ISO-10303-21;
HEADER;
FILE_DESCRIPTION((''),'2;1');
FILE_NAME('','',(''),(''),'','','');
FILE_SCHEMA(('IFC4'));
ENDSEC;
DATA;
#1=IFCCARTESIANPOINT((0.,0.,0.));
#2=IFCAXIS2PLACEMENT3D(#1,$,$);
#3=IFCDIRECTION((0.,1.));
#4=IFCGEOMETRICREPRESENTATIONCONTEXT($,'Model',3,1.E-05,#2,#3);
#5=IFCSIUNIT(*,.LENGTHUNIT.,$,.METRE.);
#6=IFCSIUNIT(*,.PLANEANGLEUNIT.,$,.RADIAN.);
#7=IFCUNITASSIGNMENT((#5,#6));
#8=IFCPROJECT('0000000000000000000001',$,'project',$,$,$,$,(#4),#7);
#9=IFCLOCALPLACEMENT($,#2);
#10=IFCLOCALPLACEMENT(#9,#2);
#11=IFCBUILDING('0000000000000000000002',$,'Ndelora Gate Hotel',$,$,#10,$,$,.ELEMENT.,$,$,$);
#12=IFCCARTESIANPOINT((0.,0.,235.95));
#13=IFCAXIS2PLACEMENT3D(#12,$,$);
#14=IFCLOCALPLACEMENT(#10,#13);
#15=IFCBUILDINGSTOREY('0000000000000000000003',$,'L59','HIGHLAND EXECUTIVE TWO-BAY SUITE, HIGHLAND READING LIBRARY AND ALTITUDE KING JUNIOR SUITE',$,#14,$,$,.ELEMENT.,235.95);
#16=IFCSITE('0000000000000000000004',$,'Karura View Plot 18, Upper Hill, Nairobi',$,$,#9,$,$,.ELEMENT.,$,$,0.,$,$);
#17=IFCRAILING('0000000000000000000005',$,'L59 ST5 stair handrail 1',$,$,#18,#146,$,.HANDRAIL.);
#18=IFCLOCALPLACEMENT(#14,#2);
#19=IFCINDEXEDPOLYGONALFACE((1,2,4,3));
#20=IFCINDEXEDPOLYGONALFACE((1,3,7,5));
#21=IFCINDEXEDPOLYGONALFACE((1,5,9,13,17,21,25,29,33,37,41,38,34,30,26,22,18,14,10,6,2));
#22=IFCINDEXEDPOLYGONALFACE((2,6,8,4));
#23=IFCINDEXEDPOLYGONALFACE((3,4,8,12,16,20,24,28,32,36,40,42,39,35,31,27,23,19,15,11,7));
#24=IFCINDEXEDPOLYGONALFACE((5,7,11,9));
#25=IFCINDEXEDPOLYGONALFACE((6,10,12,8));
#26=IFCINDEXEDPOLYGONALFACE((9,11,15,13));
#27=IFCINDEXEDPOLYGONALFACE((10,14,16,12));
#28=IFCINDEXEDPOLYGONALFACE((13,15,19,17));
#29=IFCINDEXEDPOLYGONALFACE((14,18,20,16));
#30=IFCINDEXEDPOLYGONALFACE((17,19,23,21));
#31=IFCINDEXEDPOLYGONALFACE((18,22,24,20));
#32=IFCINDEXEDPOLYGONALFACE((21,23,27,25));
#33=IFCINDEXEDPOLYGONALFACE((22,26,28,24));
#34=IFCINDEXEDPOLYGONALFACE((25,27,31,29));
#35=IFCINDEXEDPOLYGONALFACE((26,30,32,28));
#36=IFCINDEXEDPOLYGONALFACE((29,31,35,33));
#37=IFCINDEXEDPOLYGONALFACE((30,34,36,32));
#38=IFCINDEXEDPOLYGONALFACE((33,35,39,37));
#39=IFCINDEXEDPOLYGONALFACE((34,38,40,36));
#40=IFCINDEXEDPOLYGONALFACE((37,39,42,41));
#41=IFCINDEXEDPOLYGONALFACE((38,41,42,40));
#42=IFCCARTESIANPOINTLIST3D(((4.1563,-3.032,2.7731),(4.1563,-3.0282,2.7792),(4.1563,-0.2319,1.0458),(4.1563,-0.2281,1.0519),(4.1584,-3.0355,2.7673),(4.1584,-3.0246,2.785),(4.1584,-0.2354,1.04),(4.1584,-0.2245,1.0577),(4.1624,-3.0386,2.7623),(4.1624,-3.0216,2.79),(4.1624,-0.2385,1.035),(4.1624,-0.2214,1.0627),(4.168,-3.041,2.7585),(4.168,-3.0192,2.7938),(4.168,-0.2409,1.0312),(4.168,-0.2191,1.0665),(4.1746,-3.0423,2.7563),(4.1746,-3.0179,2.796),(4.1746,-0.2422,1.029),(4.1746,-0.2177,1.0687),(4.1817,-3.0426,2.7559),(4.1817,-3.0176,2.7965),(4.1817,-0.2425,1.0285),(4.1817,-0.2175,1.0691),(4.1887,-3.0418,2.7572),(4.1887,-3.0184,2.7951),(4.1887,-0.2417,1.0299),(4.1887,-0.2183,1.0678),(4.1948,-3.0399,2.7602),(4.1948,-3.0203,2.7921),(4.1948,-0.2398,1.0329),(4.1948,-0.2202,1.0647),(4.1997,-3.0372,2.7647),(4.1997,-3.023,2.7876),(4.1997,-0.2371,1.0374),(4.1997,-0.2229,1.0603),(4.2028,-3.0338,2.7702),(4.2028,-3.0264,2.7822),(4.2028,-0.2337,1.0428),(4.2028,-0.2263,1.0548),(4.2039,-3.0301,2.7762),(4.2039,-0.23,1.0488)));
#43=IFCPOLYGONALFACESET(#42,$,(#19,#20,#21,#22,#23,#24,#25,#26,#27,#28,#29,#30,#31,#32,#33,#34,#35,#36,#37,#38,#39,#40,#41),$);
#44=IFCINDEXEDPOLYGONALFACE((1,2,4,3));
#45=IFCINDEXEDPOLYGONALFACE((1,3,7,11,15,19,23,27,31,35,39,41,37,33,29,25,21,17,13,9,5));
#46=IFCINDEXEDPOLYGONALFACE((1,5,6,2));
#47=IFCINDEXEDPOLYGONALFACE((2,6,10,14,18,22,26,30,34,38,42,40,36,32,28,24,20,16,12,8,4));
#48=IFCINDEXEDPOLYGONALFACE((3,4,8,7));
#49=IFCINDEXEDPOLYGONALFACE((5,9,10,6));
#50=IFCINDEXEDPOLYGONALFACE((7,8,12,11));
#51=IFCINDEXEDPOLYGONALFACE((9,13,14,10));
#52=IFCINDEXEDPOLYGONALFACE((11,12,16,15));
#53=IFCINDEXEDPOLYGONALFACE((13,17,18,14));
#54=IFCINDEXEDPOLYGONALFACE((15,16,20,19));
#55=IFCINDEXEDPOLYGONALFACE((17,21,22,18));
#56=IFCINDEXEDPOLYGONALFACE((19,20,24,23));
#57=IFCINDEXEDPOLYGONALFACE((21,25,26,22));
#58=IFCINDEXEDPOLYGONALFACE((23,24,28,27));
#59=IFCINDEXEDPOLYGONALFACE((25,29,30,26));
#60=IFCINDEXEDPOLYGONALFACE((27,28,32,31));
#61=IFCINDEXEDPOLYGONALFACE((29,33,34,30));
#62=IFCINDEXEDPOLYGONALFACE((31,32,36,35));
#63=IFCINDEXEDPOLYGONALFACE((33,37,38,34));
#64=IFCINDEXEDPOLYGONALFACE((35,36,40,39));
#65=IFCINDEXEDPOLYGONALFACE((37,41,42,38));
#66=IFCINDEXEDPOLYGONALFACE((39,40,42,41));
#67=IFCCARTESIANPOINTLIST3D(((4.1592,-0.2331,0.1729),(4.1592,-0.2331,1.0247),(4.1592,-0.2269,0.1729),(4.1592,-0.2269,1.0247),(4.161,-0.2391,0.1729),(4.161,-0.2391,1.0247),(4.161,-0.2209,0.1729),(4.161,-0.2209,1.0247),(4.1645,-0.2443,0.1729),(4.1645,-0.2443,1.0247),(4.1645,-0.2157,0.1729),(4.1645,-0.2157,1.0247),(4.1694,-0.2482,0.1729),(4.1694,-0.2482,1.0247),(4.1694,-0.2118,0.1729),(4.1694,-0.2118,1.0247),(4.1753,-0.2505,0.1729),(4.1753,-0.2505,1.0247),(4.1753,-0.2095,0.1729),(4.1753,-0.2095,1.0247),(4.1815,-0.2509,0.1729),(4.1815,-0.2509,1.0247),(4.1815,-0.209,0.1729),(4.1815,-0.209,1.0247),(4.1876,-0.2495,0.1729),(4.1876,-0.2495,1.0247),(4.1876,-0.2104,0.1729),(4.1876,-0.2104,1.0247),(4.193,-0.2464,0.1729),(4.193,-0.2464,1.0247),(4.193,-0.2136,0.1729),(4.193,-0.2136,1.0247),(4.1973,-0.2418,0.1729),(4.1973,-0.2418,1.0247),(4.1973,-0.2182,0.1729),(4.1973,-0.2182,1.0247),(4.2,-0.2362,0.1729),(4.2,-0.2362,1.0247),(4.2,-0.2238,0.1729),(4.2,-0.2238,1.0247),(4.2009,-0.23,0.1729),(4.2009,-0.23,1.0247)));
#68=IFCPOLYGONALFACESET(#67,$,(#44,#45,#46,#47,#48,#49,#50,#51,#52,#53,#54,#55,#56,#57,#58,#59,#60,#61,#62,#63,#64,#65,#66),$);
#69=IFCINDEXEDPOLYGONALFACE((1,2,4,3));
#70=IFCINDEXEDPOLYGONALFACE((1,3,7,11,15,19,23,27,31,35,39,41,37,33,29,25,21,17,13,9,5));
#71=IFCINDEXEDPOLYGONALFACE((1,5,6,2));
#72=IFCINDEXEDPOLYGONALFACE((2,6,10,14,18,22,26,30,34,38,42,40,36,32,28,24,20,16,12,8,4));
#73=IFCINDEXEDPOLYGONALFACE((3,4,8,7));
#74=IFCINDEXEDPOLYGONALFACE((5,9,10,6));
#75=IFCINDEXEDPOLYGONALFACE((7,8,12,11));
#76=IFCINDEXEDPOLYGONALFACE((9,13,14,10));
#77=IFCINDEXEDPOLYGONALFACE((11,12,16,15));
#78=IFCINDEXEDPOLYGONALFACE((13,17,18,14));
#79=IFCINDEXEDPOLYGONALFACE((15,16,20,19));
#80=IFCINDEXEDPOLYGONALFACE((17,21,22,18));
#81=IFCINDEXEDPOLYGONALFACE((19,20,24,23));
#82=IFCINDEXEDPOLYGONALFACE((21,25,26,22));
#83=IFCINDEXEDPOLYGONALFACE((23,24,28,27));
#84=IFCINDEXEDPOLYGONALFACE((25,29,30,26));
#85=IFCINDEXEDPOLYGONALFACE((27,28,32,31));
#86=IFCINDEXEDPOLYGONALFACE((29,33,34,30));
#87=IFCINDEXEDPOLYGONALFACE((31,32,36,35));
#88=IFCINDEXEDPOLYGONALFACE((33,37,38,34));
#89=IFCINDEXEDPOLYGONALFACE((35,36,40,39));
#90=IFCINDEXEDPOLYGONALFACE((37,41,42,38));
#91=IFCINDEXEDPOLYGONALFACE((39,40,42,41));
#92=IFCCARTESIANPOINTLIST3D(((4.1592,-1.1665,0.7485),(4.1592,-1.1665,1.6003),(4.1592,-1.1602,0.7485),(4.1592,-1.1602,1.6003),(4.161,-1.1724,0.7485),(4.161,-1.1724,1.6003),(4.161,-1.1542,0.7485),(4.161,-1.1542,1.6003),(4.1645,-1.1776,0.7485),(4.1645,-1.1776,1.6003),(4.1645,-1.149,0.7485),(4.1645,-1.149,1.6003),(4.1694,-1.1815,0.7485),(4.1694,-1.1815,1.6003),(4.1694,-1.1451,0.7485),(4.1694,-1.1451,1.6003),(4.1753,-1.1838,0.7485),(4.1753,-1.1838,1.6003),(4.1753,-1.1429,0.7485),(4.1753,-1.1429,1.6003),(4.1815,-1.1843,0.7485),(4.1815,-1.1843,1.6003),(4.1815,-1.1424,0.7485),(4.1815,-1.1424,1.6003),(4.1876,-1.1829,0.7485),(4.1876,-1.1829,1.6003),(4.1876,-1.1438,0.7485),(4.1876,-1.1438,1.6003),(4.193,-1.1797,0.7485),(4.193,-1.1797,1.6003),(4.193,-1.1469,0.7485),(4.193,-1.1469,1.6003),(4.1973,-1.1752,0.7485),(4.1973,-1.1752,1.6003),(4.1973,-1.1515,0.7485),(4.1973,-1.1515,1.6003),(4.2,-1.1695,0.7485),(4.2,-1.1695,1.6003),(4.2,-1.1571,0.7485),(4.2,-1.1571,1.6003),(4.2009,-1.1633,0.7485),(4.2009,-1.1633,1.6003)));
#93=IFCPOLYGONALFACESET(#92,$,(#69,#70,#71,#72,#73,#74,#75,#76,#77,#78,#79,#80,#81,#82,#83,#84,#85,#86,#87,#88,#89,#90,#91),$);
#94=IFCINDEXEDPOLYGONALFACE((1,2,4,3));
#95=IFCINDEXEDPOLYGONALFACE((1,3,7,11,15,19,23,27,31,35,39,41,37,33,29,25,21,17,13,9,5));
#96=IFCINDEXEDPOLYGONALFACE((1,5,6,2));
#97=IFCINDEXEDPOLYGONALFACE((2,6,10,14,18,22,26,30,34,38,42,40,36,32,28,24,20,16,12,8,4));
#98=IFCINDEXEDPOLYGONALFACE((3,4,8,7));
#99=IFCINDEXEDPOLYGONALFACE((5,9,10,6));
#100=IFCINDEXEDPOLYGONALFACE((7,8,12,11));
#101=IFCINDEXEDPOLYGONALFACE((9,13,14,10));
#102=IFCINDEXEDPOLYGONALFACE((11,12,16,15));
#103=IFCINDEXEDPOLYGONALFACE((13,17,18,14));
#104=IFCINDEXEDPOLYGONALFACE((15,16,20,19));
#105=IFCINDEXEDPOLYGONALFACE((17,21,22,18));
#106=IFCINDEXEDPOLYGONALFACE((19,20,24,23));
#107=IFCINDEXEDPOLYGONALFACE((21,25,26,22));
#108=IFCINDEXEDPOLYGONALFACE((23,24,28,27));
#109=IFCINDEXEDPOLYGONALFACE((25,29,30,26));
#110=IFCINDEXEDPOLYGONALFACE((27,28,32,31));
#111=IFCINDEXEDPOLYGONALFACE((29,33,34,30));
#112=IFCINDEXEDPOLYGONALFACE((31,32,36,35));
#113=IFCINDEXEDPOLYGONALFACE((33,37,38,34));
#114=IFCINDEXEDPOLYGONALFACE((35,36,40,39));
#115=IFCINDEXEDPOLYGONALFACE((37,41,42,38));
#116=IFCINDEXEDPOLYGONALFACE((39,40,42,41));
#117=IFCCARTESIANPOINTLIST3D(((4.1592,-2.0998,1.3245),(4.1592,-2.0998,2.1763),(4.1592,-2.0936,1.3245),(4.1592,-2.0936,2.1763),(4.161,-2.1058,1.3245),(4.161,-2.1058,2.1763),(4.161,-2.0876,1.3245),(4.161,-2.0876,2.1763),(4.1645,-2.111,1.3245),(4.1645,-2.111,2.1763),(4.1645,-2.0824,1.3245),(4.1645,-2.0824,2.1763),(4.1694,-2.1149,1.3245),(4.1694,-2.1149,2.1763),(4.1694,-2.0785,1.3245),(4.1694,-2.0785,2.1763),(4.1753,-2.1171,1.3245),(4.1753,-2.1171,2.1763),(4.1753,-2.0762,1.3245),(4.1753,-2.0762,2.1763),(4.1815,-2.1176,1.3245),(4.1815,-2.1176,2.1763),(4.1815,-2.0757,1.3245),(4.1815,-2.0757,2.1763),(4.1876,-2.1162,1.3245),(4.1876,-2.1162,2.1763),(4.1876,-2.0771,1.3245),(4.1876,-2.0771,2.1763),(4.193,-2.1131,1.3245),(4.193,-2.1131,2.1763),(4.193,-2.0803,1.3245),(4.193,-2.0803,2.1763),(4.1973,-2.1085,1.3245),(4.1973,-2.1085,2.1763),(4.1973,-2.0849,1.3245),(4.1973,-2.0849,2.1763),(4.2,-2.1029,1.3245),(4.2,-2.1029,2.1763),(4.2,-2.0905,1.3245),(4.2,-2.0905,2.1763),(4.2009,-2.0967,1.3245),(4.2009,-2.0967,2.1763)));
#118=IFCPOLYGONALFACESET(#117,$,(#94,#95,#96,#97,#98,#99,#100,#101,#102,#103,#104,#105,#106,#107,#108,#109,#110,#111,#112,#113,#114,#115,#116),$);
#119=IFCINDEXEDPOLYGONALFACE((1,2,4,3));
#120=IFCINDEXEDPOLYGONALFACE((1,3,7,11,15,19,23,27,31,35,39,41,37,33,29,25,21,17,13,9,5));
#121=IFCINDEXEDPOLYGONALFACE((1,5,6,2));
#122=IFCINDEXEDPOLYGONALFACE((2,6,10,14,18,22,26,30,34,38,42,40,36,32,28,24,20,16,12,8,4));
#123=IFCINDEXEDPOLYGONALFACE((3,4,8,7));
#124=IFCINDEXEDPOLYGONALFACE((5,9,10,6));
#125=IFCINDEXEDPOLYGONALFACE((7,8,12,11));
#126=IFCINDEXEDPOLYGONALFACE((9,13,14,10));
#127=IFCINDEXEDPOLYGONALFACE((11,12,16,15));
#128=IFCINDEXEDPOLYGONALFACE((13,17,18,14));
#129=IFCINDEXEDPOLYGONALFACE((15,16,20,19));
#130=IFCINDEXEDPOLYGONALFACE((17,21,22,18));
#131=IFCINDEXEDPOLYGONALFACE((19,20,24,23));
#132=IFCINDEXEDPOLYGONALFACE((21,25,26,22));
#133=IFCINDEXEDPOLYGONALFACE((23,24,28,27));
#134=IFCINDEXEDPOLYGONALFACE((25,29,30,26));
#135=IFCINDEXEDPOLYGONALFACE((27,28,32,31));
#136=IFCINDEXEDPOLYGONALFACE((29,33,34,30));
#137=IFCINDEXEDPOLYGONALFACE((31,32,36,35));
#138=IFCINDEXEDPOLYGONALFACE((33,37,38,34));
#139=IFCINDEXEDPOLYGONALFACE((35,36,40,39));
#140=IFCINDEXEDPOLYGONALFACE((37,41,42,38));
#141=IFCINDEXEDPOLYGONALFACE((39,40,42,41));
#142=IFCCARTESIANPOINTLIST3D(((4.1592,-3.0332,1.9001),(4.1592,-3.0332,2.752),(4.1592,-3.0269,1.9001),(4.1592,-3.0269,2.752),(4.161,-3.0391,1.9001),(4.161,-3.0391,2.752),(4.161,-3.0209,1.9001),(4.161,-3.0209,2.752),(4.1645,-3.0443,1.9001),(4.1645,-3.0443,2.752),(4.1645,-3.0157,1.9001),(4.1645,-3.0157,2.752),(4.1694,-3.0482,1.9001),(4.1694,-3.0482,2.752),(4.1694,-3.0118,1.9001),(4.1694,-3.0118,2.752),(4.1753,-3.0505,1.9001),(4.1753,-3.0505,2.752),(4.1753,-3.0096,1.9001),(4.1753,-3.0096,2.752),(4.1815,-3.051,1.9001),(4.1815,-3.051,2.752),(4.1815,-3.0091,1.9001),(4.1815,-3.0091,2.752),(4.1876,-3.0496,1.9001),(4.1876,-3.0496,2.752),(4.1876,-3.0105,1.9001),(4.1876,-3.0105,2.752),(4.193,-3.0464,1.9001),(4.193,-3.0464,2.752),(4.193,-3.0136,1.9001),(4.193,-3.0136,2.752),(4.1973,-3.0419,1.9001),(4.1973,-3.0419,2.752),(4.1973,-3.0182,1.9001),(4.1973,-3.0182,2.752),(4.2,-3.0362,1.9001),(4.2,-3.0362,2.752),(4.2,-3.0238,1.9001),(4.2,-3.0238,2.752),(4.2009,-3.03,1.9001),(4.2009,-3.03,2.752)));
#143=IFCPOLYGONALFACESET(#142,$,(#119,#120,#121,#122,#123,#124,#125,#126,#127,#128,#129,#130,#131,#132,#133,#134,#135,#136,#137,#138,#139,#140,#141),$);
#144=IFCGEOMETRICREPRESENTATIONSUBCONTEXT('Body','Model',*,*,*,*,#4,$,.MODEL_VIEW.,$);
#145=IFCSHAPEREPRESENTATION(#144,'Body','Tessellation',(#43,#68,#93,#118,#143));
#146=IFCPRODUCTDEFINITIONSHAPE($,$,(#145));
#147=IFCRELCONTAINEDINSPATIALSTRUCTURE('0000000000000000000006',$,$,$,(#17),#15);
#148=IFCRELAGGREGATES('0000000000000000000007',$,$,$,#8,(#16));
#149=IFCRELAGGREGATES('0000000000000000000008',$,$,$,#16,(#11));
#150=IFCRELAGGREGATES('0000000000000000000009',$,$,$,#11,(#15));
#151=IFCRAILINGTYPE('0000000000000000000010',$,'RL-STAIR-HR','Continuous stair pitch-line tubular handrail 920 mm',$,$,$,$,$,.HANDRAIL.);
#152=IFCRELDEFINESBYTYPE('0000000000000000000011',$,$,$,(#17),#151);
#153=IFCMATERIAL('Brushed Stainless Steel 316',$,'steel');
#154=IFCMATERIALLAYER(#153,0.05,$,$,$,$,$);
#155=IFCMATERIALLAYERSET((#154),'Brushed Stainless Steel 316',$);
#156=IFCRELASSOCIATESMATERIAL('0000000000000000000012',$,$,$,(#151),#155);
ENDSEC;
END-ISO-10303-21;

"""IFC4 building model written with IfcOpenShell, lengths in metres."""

from ifc_helpers import new_model, si_unit, direction, frame, origin, origin_2d, place, context, subcontext, project, spatial, circle, extrude, material, layer, layer_set, type_object, element, save


model = new_model("IFC4")

# Units and contexts
model_context = context("Model", 3, precision=1e-05, world=origin(), true_north=direction((0.0, 1.0)))
body_context = subcontext(model_context, "Body", "Model", "MODEL_VIEW")
ifc_project = project(units=[si_unit("LENGTHUNIT", "METRE"), si_unit("PLANEANGLEUNIT", "RADIAN")], contexts=[model_context])

# Site, building, storey
site_placement = place(None, origin())
site = spatial("IfcSite", under=ifc_project, at=site_placement, Name="Karura View Plot 18, Upper Hill, Nairobi", CompositionType="ELEMENT", RefElevation=0.0)
building_placement = place(site_placement, origin())
building = spatial("IfcBuilding", under=site, at=building_placement, Name="Ndelora Gate Hotel", CompositionType="ELEMENT")
storey_placement = place(building_placement, frame((0.0, 0.0, 235.95)))
storey = spatial("IfcBuildingStorey", under=building, at=storey_placement, Name="L59", Description="HIGHLAND EXECUTIVE TWO-BAY SUITE, HIGHLAND READING LIBRARY AND ALTITUDE KING JUNIOR SUITE", CompositionType="ELEMENT", Elevation=235.95)

# Railing
ifc_material_1 = material(Name="Brushed Stainless Steel 316", Category="steel")
ifc_layer_1 = layer(ifc_material_1, 0.05)
ifc_layer_set_1 = layer_set([ifc_layer_1], Name="Brushed Stainless Steel 316")
railing_type_1 = type_object("IfcRailingType", Name="RL-STAIR-HR", Description="Continuous stair pitch-line tubular handrail 920 mm", PredefinedType="HANDRAIL", material=ifc_layer_set_1)
railing_1_placement = place(storey_placement, frame((4.1799, -0.23, 0.1729)))
element("IfcRailing", 1, at=railing_1_placement, inside=storey, type_object=railing_type_1, Name="L59 ST5 stair handrail 1", PredefinedType="HANDRAIL", context=body_context, shape_type="SweptSolid", body=[
    extrude(circle(Radius=0.0239, at=origin_2d()), frame((0.0, 0.0, 0.876), z_axis=(0.0, -0.85109, 0.52502), x_axis=(1.0, 0.0, 0.0)), (0.0, 0.0, 1.0), 3.29),
    extrude(circle(Radius=0.021, at=origin_2d()), origin(), (0.0, 0.0, 1.0), 0.8518),
    extrude(circle(Radius=0.021, at=origin_2d()), frame((0.0, -0.9333, 0.5757)), (0.0, 0.0, 1.0), 0.8518),
    extrude(circle(Radius=0.021, at=origin_2d()), frame((0.0, -1.8667, 1.1516)), (0.0, 0.0, 1.0), 0.8518),
    extrude(circle(Radius=0.021, at=origin_2d()), frame((0.0, -2.8, 1.7273)), (0.0, 0.0, 1.0), 0.8518),
])

save(model, "model.ifc")
